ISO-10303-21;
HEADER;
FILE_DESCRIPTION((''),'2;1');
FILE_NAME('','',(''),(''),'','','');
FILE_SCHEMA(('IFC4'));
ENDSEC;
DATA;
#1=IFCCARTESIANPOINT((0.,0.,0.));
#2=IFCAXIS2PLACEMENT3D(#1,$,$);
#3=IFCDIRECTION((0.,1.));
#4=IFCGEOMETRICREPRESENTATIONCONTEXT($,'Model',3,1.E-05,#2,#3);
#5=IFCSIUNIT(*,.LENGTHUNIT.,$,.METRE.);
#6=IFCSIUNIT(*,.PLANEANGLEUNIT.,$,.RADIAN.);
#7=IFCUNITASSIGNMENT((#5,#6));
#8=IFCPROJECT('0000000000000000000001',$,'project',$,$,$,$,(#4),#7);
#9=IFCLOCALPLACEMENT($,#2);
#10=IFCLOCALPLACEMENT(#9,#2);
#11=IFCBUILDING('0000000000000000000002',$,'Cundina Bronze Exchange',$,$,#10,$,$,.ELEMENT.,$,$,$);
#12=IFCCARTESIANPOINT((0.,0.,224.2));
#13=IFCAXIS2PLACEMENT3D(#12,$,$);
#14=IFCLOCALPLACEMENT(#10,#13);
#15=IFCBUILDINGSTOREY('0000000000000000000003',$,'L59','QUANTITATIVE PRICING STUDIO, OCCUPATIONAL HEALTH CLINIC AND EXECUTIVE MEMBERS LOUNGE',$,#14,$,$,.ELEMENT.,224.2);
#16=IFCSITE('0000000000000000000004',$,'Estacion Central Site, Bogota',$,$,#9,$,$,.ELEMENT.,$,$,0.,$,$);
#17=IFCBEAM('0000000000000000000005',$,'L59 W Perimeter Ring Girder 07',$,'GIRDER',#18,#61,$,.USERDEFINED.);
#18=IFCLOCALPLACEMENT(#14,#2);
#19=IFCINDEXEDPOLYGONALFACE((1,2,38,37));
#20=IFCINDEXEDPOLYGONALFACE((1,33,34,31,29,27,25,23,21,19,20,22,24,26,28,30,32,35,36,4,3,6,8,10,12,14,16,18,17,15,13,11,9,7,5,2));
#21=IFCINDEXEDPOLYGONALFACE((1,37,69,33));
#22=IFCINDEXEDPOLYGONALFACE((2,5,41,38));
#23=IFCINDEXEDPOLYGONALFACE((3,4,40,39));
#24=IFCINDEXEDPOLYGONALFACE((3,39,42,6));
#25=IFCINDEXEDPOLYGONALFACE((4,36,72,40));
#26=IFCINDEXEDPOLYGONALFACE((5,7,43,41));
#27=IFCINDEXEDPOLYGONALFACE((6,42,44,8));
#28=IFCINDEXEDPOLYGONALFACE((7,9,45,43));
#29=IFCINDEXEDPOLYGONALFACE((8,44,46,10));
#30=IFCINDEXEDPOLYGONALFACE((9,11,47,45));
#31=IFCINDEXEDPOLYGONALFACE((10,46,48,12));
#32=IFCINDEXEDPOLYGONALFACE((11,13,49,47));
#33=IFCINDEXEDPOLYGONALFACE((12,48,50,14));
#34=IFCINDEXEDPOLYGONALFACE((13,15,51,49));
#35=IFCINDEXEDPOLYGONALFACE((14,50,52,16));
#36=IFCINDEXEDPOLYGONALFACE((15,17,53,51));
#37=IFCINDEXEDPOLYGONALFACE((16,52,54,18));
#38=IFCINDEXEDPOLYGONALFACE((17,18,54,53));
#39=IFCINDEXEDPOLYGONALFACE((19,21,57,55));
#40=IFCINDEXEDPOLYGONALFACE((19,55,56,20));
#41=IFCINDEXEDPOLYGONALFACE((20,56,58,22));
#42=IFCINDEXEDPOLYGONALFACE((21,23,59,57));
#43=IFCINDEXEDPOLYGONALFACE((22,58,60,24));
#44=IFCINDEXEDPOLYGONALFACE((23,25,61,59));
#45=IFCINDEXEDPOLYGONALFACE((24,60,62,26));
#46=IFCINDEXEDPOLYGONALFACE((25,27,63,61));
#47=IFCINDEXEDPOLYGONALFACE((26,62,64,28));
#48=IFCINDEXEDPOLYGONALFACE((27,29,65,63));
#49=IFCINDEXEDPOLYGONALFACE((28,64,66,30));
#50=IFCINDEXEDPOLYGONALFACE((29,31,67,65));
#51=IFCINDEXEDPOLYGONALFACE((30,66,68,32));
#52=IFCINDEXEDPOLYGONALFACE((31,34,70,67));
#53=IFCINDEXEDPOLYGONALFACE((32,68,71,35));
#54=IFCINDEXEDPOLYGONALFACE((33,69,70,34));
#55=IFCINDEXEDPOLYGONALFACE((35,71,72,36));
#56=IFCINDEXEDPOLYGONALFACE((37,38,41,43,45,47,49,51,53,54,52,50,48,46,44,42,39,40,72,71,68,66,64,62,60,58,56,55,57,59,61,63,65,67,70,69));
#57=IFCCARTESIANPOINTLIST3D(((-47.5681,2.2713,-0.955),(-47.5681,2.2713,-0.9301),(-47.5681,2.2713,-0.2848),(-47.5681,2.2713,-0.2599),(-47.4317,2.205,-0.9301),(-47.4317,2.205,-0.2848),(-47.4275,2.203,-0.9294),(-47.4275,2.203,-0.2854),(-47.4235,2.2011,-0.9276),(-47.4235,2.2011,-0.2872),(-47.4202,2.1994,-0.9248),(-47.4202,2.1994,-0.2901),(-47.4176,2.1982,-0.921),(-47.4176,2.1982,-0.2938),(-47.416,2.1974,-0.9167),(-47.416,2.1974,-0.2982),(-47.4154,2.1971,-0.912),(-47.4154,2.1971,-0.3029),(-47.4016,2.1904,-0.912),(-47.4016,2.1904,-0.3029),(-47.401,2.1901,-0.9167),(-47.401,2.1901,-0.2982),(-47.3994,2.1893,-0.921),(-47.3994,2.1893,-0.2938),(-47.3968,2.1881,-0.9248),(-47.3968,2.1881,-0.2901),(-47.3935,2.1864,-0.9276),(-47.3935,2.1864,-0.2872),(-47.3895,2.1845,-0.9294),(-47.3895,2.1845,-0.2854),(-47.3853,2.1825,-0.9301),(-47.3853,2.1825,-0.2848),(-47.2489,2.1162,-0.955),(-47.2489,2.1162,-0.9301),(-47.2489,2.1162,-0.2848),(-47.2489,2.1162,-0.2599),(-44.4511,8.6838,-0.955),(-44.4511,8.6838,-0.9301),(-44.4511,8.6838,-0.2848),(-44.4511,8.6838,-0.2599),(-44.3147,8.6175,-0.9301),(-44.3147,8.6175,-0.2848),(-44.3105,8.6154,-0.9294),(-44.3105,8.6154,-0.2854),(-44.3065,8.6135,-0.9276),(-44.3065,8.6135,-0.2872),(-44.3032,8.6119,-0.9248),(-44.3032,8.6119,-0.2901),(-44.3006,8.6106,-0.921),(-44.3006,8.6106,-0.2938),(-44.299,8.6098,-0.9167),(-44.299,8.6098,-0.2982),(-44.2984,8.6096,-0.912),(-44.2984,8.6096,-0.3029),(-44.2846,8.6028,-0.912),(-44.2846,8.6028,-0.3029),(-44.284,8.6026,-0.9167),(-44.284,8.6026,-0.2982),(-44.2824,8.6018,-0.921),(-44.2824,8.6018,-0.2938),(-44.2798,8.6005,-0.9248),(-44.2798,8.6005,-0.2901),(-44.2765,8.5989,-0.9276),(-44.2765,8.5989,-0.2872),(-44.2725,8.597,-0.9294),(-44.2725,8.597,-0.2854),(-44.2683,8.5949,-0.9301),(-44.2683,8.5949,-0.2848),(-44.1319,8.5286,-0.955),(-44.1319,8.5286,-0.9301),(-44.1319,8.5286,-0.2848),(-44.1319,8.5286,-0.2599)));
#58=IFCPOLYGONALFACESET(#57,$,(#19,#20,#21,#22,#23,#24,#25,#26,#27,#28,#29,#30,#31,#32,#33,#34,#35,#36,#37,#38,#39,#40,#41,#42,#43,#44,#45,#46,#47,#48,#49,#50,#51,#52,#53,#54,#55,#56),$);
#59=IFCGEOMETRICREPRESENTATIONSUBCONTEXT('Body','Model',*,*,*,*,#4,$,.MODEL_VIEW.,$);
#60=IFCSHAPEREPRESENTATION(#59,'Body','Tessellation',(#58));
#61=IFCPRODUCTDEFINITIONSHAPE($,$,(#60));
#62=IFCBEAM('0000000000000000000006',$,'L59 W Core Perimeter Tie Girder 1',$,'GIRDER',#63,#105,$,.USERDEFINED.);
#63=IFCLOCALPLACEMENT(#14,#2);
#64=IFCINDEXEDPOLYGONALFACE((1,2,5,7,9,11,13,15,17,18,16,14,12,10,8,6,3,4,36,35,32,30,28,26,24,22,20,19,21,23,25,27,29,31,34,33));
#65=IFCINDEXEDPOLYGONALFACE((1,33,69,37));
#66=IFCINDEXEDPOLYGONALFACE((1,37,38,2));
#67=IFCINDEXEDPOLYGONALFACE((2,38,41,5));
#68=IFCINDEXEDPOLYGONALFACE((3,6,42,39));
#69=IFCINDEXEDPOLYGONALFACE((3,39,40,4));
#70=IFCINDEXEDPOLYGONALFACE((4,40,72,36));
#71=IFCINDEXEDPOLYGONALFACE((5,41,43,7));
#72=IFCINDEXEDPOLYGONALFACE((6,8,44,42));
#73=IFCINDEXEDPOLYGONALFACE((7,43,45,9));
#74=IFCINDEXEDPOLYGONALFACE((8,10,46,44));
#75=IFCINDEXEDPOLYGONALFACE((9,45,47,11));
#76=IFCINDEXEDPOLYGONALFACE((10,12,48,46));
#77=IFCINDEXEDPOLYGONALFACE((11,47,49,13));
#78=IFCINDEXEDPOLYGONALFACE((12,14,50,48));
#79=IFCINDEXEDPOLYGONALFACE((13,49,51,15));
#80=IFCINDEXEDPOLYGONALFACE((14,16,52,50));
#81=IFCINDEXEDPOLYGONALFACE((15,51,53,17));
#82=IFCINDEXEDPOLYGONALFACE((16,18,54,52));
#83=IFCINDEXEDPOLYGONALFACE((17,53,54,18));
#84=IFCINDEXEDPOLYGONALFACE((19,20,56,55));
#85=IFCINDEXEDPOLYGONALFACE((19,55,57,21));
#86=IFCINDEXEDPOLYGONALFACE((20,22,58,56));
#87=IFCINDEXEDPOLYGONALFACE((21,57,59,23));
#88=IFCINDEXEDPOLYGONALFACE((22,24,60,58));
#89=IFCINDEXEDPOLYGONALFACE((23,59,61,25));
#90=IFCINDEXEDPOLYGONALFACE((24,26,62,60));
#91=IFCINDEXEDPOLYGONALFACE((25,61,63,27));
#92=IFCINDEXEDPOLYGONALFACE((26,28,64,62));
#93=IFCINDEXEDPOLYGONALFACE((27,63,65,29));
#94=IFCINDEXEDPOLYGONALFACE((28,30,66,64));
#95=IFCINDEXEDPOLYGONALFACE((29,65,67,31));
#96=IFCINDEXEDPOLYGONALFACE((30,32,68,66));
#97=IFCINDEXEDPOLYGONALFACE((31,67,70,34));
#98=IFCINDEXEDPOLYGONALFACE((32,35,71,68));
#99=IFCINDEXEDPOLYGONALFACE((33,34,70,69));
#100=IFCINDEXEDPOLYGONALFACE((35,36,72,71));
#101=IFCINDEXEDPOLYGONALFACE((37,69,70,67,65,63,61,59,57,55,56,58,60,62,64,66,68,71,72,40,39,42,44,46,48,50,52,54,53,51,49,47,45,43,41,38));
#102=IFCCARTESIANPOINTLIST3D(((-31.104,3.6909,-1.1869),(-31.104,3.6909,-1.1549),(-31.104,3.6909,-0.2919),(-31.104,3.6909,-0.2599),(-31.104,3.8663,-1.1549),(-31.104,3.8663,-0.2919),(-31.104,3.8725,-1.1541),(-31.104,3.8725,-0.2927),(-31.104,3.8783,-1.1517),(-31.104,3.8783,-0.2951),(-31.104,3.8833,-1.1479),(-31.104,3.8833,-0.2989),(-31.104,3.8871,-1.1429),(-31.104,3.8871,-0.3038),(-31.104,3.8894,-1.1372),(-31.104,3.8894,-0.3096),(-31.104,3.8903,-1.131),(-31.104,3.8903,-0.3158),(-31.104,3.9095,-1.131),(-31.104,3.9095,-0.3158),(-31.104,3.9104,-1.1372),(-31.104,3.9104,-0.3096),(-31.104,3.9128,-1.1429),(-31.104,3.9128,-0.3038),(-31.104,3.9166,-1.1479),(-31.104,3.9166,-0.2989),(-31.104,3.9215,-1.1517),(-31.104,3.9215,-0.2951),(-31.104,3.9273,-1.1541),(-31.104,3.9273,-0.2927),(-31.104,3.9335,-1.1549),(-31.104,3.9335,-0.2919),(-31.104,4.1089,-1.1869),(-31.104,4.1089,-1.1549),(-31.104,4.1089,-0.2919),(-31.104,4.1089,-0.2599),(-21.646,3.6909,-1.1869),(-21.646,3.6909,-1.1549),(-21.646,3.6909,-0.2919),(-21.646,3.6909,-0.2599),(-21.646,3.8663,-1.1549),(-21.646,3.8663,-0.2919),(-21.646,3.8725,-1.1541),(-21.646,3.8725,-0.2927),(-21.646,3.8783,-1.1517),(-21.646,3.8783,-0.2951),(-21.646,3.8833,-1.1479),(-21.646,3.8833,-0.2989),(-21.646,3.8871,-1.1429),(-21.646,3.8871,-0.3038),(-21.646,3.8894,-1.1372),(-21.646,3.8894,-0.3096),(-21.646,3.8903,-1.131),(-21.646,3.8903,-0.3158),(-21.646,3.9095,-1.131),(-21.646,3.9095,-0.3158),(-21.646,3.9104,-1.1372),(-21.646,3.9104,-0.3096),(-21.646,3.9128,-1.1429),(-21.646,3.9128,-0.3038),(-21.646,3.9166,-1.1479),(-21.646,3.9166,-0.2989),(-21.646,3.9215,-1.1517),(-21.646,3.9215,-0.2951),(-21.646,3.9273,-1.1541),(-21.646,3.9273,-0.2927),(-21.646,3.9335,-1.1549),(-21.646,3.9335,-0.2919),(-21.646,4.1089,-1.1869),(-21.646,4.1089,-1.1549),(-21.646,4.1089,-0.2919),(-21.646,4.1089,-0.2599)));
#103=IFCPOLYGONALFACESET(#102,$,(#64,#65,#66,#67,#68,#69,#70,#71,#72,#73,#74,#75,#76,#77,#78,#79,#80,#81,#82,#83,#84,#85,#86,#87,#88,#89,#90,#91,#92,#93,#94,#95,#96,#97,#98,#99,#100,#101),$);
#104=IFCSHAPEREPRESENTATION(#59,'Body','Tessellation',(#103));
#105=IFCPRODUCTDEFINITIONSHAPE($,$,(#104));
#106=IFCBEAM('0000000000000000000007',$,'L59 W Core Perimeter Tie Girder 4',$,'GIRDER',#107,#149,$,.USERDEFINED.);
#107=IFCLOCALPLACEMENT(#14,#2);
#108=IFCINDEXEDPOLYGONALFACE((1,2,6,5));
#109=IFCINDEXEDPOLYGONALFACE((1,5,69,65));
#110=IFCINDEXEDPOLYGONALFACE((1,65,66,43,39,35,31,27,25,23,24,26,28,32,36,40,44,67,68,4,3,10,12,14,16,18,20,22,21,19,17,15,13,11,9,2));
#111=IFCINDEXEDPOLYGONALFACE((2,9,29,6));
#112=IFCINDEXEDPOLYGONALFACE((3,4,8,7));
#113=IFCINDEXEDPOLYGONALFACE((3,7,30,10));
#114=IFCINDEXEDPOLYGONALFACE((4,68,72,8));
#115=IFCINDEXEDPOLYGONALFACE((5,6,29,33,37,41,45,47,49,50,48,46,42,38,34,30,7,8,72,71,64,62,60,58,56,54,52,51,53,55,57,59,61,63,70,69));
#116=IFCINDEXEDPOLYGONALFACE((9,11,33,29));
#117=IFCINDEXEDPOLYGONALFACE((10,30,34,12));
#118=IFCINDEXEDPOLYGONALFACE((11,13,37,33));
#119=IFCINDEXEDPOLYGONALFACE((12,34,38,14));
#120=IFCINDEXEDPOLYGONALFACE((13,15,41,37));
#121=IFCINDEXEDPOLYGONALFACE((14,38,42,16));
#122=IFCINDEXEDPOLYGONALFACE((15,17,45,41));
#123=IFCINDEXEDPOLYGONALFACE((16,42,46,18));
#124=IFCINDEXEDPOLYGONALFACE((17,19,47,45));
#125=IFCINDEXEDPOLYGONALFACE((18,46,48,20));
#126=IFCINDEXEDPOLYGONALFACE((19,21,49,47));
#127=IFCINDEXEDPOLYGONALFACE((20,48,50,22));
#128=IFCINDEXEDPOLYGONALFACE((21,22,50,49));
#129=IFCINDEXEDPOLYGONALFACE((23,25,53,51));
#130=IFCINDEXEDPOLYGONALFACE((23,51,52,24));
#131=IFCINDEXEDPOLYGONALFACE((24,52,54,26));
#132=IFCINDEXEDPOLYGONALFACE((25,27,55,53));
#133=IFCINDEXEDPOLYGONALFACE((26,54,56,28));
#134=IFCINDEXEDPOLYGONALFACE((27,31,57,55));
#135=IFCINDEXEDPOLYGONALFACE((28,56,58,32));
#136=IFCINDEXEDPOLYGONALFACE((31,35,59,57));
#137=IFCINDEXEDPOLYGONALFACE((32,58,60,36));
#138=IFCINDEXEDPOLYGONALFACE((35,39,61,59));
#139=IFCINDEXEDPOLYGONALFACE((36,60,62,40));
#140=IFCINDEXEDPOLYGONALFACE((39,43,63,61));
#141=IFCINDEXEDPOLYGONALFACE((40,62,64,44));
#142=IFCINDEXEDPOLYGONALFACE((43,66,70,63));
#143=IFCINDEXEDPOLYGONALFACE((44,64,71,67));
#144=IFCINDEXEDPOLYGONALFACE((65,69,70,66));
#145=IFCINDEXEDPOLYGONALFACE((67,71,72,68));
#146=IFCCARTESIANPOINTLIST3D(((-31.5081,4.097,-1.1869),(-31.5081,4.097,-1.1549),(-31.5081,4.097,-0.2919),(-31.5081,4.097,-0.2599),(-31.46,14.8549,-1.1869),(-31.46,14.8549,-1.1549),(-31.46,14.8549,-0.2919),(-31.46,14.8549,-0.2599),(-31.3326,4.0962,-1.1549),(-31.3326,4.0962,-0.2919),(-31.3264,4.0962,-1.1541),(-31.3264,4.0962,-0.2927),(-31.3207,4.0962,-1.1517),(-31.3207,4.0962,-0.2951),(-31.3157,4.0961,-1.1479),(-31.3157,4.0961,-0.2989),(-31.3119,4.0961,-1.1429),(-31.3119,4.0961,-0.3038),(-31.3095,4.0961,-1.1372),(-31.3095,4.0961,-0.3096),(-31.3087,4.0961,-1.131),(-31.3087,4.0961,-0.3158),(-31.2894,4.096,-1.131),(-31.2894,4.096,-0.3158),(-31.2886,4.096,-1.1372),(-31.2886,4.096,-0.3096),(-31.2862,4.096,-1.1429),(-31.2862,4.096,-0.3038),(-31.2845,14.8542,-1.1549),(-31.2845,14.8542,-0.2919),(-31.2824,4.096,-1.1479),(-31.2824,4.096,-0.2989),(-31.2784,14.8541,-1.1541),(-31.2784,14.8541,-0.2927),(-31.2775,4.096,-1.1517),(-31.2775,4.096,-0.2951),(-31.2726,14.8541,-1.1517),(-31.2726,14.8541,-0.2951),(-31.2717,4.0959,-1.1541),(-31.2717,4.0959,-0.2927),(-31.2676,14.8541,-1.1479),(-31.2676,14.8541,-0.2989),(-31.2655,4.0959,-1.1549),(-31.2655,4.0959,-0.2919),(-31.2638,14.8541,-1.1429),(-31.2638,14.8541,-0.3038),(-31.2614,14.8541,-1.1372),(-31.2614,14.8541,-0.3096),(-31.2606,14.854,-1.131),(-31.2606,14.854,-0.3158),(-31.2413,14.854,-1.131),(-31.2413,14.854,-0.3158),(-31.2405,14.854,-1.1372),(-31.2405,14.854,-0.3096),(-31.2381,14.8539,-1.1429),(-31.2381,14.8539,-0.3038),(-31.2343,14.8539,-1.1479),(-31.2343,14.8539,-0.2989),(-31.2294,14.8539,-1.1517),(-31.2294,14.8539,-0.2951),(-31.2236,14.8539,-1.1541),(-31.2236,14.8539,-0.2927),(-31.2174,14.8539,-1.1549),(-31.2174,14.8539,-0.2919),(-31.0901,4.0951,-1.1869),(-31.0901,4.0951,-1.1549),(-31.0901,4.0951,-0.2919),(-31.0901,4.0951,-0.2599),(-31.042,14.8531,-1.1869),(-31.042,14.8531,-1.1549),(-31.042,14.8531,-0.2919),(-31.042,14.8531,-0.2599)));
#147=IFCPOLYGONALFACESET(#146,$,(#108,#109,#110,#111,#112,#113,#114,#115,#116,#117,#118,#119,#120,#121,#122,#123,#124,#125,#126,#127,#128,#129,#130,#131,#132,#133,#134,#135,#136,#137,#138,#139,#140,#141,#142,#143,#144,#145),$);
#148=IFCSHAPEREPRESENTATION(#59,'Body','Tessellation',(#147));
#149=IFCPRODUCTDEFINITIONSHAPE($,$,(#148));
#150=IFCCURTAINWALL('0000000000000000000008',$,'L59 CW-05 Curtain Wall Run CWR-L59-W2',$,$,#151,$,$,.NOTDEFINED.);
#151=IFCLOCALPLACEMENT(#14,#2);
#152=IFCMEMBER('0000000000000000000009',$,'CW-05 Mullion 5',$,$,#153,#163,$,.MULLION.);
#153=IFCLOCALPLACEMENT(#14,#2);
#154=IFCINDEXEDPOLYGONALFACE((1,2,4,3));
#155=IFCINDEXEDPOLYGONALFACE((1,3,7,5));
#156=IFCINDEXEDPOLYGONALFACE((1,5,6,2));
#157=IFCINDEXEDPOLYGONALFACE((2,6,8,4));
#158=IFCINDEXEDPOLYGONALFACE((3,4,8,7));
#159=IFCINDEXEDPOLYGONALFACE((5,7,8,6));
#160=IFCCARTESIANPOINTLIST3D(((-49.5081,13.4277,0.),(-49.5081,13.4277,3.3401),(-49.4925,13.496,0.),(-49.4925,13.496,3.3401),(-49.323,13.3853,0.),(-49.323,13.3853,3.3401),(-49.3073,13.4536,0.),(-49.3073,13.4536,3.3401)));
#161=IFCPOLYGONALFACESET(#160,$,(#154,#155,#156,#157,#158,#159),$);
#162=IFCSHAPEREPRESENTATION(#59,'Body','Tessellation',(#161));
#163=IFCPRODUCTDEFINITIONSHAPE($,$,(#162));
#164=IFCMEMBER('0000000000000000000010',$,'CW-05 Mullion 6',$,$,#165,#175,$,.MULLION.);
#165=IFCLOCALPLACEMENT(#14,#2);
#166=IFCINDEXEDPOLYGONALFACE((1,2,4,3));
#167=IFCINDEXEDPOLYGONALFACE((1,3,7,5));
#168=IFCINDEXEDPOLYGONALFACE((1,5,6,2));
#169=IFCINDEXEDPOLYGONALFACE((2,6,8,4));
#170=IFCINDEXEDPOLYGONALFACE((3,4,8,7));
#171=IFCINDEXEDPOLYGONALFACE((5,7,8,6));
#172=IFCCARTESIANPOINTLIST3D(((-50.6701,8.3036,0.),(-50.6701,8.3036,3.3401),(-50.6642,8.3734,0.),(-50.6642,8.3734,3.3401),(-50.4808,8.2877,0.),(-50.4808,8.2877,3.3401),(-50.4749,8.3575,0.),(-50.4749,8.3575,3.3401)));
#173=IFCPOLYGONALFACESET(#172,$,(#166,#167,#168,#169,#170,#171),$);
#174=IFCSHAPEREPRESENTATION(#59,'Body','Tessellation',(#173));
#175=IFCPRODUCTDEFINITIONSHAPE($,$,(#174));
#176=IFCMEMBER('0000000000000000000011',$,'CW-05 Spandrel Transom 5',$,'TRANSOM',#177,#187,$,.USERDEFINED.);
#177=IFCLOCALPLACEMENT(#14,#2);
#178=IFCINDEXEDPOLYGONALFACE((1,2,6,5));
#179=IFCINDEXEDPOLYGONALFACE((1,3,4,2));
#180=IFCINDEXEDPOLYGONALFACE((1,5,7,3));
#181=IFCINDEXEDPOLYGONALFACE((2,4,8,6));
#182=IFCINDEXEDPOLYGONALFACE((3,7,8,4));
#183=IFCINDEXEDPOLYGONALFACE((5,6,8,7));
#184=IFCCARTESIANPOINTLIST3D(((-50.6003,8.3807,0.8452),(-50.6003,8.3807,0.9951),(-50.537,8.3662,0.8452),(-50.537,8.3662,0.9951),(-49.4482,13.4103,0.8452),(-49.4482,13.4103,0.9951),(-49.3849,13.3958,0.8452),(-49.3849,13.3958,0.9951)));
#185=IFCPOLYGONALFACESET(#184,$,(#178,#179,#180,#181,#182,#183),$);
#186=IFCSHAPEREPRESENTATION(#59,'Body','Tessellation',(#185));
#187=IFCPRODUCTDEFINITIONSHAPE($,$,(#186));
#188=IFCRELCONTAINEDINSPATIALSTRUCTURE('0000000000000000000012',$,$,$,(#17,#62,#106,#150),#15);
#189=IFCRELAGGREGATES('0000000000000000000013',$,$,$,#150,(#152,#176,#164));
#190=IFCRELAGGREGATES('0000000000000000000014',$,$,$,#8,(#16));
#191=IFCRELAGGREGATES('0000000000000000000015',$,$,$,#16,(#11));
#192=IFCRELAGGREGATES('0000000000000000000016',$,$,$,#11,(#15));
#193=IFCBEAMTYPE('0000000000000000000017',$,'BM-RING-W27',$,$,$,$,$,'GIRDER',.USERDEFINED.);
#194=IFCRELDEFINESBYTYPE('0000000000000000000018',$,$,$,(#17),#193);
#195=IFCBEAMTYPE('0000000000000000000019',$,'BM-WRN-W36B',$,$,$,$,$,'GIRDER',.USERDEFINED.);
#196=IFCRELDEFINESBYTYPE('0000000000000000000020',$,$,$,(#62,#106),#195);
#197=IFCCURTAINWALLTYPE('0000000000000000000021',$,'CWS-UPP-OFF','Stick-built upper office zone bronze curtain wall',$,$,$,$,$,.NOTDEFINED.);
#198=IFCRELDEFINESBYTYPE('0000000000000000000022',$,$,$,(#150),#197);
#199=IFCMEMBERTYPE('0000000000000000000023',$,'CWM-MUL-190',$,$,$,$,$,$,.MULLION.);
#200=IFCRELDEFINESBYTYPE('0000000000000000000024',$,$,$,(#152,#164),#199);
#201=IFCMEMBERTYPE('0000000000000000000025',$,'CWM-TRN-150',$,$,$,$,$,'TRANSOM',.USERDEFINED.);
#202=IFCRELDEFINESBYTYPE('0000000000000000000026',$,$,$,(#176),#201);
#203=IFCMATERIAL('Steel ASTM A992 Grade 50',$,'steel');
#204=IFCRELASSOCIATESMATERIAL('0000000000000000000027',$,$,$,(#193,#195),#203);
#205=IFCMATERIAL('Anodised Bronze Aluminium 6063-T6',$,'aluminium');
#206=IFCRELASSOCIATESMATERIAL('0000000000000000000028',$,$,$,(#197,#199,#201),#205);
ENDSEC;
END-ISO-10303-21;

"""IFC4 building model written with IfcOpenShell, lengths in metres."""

from ifc_helpers import new_model, si_unit, direction, frame, origin, origin_2d, place, context, subcontext, project, spatial, rectangle, i_section, extrude, material, material_profile, profile_set, type_object, element, aggregate, save


model = new_model("IFC4")

# Units and contexts
model_context = context("Model", 3, precision=1e-05, world=origin(), true_north=direction((0.0, 1.0)))
body_context = subcontext(model_context, "Body", "Model", "MODEL_VIEW")
ifc_project = project(units=[si_unit("LENGTHUNIT", "METRE"), si_unit("PLANEANGLEUNIT", "RADIAN")], contexts=[model_context])

# Site, building, storey
site_placement = place(None, origin())
site = spatial("IfcSite", under=ifc_project, at=site_placement, Name="Estacion Central Site, Bogota", CompositionType="ELEMENT", RefElevation=0.0)
building_placement = place(site_placement, origin())
building = spatial("IfcBuilding", under=site, at=building_placement, Name="Cundina Bronze Exchange", CompositionType="ELEMENT")
storey_placement = place(building_placement, frame((0.0, 0.0, 224.2)))
storey = spatial("IfcBuildingStorey", under=building, at=storey_placement, Name="L59", Description="QUANTITATIVE PRICING STUDIO, OCCUPATIONAL HEALTH CLINIC AND EXECUTIVE MEMBERS LOUNGE", CompositionType="ELEMENT", Elevation=224.2)

# Beams
ifc_material_1 = material(Name="Steel ASTM A992 Grade 50", Category="steel")
ifc_material_profile_1 = material_profile(ifc_material_1, i_section(OverallWidth=0.355, OverallDepth=0.6951, WebThickness=0.0154, FlangeThickness=0.0249, FilletRadius=0.0181, at=origin_2d()), Name="W27X146", Category="steel")
ifc_profile_set_1 = profile_set([ifc_material_profile_1], Name="Steel ASTM A992 Grade 50")
beam_type_1 = type_object("IfcBeamType", Name="BM-RING-W27", ElementType="GIRDER", PredefinedType="USERDEFINED", material=ifc_profile_set_1)
beam_1_placement = place(storey_placement, frame((-44.2915, 8.6062, -0.6074), z_axis=(-0.437173, -0.899377, 0.0), x_axis=(0.899377, -0.437173, 0.0)))
element("IfcBeam", 1, at=beam_1_placement, inside=storey, type_object=beam_type_1, Name="L59 W Perimeter Ring Girder 07", ObjectType="GIRDER", PredefinedType="USERDEFINED", context=body_context, shape_type="SweptSolid", body=[
    extrude(i_section(OverallWidth=0.355, OverallDepth=0.6951, WebThickness=0.0154, FlangeThickness=0.0249, FilletRadius=0.0181, at=origin_2d()), origin(), (0.0, 0.0, 1.0), 7.1299),
])
ifc_material_profile_2 = material_profile(ifc_material_1, i_section(OverallWidth=0.418, OverallDepth=0.927, WebThickness=0.0193, FlangeThickness=0.032, FilletRadius=0.0239, at=origin_2d()), Name="W36X231", Category="steel")
ifc_profile_set_2 = profile_set([ifc_material_profile_2], Name="Steel ASTM A992 Grade 50")
beam_type_2 = type_object("IfcBeamType", Name="BM-WRN-W36B", ElementType="GIRDER", PredefinedType="USERDEFINED", material=ifc_profile_set_2)
beam_2_placement = place(storey_placement, frame((-31.104, 3.8999, -0.7234), z_axis=(1.0, 0.0, 0.0), x_axis=(0.0, 1.0, 0.0)))
element("IfcBeam", 2, at=beam_2_placement, inside=storey, type_object=beam_type_2, Name="L59 W Core Perimeter Tie Girder 1", ObjectType="GIRDER", PredefinedType="USERDEFINED", context=body_context, shape_type="SweptSolid", body=[
    extrude(i_section(OverallWidth=0.418, OverallDepth=0.927, WebThickness=0.0193, FlangeThickness=0.032, FilletRadius=0.0239, at=origin_2d()), origin(), (0.0, 0.0, 1.0), 9.458),
])
beam_3_placement = place(storey_placement, frame((-31.251, 14.854, -0.7234), z_axis=(-0.004471, -0.99999, 0.0), x_axis=(0.99999, -0.004471, 0.0)))
element("IfcBeam", 3, at=beam_3_placement, inside=storey, type_object=beam_type_2, Name="L59 W Core Perimeter Tie Girder 4", ObjectType="GIRDER", PredefinedType="USERDEFINED", context=body_context, shape_type="SweptSolid", body=[
    extrude(i_section(OverallWidth=0.418, OverallDepth=0.927, WebThickness=0.0193, FlangeThickness=0.032, FilletRadius=0.0239, at=origin_2d()), origin(), (0.0, 0.0, 1.0), 10.7581),
])

# Curtain wall, members
ifc_material_2 = material(Name="Anodised Bronze Aluminium 6063-T6", Category="aluminium")
curtain_wall_type = type_object("IfcCurtainWallType", Name="CWS-UPP-OFF", Description="Stick-built upper office zone bronze curtain wall", PredefinedType="NOTDEFINED", material=ifc_material_2)
curtain_wall_placement = place(storey_placement, origin())
curtain_wall = element("IfcCurtainWall", 4, at=curtain_wall_placement, inside=storey, type_object=curtain_wall_type, Name="L59 CW-05 Curtain Wall Run CWR-L59-W2", PredefinedType="NOTDEFINED")
ifc_material_profile_3 = material_profile(ifc_material_2, rectangle(XDim=0.0701, YDim=0.1899, at=origin_2d()), Name="AL70X190", Category="aluminium")
ifc_profile_set_3 = profile_set([ifc_material_profile_3], Name="Anodised Bronze Aluminium 6063-T6")
member_type_1 = type_object("IfcMemberType", Name="CWM-MUL-190", PredefinedType="MULLION", material=ifc_profile_set_3)
member_1_placement = place(storey_placement, frame((-49.4077, 13.4407, 0.0), z_axis=(0.0, 0.0, 1.0), x_axis=(-0.22325, -0.974761, 0.0)))
member_1 = element("IfcMember", 5, at=member_1_placement, type_object=member_type_1, Name="CW-05 Mullion 5", PredefinedType="MULLION", context=body_context, shape_type="SweptSolid", body=[
    extrude(rectangle(XDim=0.0701, YDim=0.1899, at=origin_2d()), origin(), (0.0, 0.0, 1.0), 3.3401),
])
member_2_placement = place(storey_placement, frame((-50.5725, 8.3306, 0.0), z_axis=(0.0, 0.0, 1.0), x_axis=(-0.083678, -0.996493, 0.0)))
member_2 = element("IfcMember", 6, at=member_2_placement, type_object=member_type_1, Name="CW-05 Mullion 6", PredefinedType="MULLION", context=body_context, shape_type="SweptSolid", body=[
    extrude(rectangle(XDim=0.0701, YDim=0.1899, at=origin_2d()), origin(), (0.0, 0.0, 1.0), 3.3401),
])
ifc_material_profile_4 = material_profile(ifc_material_2, rectangle(XDim=0.0649, YDim=0.1499, at=origin_2d()), Name="AL65X150", Category="aluminium")
ifc_profile_set_4 = profile_set([ifc_material_profile_4], Name="Anodised Bronze Aluminium 6063-T6")
member_type_2 = type_object("IfcMemberType", Name="CWM-TRN-150", ElementType="TRANSOM", PredefinedType="USERDEFINED", material=ifc_profile_set_4)
member_3_placement = place(storey_placement, frame((-49.4165, 13.4031, 0.9202), z_axis=(-0.223283, -0.974754, 0.0), x_axis=(0.974754, -0.223283, 0.0)))
member_3 = element("IfcMember", 7, at=member_3_placement, type_object=member_type_2, Name="CW-05 Spandrel Transom 5", ObjectType="TRANSOM", PredefinedType="USERDEFINED", context=body_context, shape_type="SweptSolid", body=[
    extrude(rectangle(XDim=0.0649, YDim=0.1499, at=origin_2d()), origin(), (0.0, 0.0, 1.0), 5.1599),
])
aggregate(curtain_wall, [member_1, member_3, member_2])

save(model, "model.ifc")
